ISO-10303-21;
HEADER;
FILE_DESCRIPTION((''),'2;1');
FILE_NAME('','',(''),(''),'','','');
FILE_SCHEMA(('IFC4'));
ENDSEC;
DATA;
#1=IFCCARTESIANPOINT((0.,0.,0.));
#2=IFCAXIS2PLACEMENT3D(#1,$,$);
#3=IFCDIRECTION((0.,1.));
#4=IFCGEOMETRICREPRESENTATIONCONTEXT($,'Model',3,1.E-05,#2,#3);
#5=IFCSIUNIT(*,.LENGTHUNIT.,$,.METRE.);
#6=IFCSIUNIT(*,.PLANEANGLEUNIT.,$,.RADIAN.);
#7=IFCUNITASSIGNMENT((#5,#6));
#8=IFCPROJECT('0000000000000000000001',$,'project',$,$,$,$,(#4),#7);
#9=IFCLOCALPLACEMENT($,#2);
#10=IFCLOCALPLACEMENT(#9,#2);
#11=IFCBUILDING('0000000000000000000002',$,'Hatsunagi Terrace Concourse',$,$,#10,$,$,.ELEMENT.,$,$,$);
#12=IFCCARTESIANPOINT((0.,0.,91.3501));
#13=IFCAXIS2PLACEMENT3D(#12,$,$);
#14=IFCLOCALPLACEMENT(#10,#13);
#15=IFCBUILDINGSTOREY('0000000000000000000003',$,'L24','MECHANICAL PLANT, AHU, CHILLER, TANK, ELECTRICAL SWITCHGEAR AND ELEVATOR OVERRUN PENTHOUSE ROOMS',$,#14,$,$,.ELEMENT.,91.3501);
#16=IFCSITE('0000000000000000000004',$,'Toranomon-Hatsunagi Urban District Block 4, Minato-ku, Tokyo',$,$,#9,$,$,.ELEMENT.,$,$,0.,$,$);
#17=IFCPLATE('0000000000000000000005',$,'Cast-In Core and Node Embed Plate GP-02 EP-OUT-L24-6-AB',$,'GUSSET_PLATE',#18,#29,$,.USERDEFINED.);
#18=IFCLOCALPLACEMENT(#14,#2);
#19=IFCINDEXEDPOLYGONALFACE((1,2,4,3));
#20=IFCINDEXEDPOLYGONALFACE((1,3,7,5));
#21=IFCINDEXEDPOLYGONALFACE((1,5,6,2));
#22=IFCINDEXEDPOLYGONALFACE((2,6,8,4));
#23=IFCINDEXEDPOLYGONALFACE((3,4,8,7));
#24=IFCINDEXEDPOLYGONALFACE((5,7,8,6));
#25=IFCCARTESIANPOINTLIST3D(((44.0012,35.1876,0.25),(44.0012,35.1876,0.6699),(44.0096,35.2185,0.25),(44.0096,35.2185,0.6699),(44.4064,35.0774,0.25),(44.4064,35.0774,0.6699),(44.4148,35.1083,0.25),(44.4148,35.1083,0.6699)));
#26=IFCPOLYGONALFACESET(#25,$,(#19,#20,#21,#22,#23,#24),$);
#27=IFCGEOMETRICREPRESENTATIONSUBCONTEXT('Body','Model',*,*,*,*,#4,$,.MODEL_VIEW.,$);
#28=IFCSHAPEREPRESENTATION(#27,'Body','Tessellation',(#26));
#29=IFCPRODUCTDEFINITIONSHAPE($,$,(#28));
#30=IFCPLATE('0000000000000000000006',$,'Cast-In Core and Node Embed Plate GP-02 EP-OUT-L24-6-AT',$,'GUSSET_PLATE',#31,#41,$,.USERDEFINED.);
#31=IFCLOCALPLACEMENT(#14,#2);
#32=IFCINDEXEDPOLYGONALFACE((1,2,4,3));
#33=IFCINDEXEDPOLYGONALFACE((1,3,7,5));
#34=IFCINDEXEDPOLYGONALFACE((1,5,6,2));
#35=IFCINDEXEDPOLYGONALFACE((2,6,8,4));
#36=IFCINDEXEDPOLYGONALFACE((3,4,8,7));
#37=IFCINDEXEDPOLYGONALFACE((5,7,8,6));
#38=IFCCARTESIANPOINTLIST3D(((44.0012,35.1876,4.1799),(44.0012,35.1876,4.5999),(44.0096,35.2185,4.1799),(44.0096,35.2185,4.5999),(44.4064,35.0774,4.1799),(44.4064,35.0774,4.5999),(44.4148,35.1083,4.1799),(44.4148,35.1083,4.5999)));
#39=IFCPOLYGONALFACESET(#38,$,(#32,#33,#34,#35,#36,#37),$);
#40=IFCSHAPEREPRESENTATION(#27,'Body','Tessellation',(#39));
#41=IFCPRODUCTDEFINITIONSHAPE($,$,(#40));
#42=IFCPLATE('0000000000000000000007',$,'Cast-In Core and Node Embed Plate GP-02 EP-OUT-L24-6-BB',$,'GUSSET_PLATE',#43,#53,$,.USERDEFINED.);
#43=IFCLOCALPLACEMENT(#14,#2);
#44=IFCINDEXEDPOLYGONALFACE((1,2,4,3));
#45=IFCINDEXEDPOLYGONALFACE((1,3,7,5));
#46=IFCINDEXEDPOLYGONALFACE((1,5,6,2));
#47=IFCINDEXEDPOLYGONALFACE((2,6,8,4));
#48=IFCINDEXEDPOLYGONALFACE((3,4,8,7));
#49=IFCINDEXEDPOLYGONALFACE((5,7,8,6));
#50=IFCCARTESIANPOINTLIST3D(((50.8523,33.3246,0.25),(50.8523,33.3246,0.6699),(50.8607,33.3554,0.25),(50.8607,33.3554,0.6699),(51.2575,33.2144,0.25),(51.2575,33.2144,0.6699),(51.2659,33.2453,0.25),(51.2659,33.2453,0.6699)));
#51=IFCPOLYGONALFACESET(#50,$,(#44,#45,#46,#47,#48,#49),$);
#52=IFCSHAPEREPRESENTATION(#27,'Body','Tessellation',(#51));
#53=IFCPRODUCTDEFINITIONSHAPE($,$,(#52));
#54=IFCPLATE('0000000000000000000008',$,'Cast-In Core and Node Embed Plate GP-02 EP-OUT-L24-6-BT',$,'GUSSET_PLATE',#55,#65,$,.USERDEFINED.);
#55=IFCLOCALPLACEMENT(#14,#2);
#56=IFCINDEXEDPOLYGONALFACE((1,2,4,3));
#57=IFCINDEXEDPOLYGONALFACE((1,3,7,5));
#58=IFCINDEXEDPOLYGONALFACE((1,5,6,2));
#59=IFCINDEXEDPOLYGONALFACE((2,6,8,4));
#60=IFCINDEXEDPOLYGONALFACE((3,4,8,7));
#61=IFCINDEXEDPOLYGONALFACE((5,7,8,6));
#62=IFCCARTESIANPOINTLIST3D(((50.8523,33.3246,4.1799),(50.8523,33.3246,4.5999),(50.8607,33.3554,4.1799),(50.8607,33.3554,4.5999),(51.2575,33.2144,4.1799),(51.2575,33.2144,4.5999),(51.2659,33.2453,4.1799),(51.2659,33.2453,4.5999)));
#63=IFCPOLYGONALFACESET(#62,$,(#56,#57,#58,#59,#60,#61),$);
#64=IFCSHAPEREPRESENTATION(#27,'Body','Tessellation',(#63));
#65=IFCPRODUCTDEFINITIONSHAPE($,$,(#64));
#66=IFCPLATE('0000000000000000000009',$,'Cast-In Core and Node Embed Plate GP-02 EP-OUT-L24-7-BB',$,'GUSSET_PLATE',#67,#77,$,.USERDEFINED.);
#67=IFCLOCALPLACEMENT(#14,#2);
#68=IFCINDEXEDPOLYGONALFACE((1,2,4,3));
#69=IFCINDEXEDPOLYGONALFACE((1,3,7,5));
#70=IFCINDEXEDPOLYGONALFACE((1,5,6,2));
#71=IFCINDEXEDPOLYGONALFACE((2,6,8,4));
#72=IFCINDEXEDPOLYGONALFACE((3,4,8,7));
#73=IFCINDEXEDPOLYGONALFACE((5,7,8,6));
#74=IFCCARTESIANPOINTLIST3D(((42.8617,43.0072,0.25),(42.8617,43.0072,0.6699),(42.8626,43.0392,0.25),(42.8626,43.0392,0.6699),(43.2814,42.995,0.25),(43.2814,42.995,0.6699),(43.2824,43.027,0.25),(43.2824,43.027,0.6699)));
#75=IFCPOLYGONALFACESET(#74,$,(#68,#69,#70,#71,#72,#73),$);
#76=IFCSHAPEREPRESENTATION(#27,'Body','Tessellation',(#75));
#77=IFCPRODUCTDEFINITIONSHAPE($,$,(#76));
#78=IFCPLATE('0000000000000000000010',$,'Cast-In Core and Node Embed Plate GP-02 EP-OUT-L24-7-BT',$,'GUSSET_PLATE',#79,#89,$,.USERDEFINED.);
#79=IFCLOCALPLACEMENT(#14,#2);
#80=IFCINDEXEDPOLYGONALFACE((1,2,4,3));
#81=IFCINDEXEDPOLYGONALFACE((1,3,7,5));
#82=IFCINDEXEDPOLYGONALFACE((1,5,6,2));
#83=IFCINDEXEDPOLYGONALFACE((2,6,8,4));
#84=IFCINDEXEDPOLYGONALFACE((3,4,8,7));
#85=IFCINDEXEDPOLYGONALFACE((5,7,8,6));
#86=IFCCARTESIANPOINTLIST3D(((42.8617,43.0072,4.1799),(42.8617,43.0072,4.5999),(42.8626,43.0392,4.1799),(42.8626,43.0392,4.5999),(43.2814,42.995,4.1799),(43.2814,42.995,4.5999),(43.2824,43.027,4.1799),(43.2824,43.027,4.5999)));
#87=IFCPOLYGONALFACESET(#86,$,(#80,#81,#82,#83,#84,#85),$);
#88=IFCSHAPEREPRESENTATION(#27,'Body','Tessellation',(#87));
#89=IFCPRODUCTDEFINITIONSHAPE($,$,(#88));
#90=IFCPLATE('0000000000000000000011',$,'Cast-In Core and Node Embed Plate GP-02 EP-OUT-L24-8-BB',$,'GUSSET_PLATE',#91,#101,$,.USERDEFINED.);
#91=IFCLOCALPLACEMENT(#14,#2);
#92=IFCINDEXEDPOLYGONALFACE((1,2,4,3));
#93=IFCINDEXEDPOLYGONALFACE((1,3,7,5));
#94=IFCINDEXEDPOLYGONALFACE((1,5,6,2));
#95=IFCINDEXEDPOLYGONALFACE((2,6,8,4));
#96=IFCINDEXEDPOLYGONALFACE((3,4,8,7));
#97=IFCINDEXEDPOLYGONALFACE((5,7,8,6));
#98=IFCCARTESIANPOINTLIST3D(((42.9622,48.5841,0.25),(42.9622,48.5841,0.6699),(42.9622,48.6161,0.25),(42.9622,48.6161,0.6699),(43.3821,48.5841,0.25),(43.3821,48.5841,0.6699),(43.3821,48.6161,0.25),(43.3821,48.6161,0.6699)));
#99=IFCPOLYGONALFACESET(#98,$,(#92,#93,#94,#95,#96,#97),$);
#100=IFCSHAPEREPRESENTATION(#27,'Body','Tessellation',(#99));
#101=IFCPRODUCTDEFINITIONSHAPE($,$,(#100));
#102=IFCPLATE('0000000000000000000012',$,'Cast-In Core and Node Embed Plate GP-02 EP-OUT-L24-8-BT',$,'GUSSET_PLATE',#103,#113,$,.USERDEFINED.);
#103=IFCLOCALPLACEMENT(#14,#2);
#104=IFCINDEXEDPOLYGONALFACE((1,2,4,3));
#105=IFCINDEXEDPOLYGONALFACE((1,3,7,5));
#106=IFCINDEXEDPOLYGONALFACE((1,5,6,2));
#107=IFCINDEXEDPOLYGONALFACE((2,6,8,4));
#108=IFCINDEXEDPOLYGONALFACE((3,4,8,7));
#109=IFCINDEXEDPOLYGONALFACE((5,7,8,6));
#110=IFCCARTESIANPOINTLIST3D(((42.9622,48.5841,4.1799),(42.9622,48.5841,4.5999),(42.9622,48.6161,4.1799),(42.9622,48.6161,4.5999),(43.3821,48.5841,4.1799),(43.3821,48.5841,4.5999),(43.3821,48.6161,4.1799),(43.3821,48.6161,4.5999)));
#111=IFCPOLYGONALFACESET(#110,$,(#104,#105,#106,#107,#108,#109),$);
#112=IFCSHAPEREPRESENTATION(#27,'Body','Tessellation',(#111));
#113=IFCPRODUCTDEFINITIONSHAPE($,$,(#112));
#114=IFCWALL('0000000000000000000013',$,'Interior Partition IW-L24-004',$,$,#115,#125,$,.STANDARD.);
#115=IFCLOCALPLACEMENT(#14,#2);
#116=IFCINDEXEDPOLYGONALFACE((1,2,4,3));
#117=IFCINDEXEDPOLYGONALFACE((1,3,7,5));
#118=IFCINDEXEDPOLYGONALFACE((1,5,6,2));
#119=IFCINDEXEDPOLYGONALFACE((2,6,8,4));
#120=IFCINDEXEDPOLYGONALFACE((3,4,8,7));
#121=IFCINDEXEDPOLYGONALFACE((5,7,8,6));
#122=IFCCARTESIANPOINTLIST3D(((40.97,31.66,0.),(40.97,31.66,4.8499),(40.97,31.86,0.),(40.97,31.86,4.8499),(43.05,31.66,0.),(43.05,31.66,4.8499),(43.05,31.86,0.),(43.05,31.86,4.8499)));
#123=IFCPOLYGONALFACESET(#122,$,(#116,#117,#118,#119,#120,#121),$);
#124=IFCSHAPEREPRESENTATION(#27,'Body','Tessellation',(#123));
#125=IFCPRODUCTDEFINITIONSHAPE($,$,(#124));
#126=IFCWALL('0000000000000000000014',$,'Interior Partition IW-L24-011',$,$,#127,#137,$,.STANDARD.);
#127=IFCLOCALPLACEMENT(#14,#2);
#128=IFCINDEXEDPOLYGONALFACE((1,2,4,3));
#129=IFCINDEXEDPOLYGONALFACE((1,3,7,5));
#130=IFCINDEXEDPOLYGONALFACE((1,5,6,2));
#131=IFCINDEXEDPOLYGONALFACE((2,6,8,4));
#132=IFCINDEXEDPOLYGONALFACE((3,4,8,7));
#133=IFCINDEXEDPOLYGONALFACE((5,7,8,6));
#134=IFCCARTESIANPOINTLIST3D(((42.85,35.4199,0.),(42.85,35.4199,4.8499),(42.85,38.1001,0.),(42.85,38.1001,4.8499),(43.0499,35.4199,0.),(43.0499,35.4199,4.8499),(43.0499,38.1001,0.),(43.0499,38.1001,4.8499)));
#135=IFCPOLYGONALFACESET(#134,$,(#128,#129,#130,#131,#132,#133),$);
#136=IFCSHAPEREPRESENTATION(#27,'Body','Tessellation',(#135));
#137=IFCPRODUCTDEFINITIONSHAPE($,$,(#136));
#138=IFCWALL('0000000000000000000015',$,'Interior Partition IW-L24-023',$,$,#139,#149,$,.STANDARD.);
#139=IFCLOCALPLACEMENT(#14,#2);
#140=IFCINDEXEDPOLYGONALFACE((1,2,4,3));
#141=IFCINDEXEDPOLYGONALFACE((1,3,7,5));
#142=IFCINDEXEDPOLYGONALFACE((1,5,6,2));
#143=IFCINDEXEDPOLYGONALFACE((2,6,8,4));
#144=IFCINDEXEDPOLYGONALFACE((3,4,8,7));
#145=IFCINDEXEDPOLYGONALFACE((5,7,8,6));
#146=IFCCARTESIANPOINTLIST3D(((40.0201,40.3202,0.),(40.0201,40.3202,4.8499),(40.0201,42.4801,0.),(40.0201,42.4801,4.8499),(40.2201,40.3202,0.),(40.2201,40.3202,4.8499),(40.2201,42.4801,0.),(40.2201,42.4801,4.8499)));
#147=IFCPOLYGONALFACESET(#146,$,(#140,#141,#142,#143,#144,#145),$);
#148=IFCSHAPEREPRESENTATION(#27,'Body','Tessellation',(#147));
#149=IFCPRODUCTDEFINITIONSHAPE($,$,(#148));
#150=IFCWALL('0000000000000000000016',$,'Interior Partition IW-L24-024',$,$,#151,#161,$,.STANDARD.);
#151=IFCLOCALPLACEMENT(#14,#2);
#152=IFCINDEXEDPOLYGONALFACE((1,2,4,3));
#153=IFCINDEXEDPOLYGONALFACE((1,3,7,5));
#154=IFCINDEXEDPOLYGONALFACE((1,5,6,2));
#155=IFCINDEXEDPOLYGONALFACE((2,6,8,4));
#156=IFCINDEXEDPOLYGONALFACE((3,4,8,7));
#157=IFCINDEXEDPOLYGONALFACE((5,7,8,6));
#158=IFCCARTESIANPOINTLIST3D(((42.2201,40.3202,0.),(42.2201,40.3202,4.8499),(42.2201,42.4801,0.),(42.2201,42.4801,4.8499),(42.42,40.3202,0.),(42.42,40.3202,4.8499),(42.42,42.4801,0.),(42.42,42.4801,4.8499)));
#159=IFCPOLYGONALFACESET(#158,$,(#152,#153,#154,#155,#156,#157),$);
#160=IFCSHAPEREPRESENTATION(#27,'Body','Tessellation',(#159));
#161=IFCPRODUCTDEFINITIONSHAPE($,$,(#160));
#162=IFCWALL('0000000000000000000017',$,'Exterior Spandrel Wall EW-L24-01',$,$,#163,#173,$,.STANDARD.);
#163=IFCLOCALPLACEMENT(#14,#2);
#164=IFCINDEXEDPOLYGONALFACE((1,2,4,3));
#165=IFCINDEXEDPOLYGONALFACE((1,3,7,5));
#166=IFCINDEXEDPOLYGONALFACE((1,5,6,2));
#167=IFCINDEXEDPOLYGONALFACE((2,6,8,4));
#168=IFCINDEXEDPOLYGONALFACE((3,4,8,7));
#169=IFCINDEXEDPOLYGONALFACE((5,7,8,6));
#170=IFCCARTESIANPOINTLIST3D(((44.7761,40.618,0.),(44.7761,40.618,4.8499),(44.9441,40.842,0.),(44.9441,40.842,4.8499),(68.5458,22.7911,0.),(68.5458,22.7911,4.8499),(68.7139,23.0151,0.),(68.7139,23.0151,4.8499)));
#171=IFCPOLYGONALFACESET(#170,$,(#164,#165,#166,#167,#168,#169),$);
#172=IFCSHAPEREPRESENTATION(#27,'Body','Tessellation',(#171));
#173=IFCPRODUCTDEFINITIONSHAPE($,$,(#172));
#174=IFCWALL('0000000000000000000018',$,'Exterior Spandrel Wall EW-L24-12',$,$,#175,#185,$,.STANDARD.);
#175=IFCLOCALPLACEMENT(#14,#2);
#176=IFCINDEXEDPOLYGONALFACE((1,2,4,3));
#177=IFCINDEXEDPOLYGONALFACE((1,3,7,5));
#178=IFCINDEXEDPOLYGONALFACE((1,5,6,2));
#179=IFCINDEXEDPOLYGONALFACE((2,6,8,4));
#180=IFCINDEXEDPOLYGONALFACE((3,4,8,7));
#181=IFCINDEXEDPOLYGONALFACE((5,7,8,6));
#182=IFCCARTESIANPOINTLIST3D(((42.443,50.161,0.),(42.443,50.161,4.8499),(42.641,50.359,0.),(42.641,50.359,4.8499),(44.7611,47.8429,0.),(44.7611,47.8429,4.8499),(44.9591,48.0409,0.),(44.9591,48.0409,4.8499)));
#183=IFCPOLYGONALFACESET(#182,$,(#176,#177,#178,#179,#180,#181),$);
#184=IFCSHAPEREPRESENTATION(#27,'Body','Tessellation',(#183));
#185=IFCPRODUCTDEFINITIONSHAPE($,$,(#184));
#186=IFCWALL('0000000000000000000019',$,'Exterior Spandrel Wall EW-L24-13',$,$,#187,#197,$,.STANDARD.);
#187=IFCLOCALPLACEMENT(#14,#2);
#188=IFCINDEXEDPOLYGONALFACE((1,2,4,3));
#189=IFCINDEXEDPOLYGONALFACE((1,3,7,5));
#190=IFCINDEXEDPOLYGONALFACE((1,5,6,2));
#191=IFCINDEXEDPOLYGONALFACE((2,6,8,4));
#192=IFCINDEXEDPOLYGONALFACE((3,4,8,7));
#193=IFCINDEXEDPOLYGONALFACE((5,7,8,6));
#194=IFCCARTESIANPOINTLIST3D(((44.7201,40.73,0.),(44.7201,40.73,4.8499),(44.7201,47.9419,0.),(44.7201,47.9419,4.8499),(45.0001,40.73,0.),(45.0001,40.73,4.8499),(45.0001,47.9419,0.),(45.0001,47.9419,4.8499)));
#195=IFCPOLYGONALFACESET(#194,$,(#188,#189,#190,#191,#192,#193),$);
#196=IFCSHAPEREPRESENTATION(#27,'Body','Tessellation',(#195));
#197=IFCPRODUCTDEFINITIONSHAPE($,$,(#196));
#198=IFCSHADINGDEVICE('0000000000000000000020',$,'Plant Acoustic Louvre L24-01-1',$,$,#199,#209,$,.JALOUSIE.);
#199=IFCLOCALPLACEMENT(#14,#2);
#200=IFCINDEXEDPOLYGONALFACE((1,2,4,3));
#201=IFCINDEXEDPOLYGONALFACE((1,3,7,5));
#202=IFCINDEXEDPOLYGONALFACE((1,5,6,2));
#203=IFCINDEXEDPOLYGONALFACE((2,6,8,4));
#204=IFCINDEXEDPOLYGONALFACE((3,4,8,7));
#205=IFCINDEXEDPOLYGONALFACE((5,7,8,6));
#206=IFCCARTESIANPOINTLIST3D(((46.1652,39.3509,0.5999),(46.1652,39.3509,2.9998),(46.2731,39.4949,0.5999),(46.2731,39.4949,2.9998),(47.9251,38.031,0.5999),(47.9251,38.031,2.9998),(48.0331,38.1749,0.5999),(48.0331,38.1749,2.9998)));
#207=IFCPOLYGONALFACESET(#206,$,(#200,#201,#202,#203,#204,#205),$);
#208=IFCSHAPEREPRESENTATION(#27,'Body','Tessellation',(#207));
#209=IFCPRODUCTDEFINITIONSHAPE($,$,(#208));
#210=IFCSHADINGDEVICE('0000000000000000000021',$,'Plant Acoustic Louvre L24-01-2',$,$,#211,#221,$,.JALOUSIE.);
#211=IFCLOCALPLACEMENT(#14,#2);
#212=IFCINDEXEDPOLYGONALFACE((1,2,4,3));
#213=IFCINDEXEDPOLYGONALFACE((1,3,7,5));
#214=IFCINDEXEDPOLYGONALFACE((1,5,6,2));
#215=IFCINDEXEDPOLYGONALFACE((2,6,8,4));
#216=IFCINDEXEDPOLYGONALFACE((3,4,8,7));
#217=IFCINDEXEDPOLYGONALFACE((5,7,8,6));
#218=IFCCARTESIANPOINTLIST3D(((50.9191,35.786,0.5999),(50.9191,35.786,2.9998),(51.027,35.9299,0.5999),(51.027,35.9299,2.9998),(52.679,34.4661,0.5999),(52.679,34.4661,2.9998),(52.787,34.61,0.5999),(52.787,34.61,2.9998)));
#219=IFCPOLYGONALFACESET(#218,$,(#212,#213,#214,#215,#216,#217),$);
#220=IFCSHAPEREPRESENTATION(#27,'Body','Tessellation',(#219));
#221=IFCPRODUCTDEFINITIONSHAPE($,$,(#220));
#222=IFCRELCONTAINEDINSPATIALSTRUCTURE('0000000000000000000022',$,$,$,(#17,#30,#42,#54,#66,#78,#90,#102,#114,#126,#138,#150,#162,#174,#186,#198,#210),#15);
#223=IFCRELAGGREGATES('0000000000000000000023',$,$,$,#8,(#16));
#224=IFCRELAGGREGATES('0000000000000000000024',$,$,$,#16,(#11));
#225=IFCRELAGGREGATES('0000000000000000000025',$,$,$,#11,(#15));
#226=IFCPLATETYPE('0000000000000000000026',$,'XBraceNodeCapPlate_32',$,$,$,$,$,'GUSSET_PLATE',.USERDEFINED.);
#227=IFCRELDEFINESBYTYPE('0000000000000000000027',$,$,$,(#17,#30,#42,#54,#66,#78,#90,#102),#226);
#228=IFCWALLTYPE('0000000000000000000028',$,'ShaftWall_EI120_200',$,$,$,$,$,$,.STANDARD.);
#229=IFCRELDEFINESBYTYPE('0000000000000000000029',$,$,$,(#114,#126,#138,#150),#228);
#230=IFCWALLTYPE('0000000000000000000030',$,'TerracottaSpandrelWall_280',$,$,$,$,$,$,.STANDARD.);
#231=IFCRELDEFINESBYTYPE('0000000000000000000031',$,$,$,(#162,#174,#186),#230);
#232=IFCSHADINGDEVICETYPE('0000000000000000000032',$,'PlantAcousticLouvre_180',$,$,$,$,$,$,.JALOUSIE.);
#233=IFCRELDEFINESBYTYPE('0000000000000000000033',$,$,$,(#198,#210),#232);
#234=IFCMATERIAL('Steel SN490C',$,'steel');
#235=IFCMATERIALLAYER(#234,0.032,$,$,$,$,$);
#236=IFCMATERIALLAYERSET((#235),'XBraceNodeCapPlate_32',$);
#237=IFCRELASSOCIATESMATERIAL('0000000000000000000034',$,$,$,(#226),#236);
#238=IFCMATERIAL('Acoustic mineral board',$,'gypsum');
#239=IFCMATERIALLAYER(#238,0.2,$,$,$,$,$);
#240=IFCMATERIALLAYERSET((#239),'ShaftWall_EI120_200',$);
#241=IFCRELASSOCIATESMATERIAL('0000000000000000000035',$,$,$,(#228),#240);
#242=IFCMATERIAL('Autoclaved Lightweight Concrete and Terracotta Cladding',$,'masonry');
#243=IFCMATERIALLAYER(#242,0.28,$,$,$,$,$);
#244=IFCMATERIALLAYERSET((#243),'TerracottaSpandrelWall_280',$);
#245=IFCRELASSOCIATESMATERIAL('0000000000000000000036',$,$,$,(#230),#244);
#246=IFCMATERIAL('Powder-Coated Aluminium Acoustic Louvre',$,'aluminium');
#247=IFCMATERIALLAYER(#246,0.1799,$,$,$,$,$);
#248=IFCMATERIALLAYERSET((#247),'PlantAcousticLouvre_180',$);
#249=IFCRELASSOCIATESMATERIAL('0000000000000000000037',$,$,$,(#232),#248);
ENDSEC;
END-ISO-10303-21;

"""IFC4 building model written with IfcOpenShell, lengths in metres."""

from ifc_helpers import new_model, si_unit, direction, frame, frame_2d, origin, origin_2d, place, context, subcontext, project, spatial, rectangle, extrude, material, layer, layer_set, type_object, element, save


model = new_model("IFC4")

# Units and contexts
model_context = context("Model", 3, precision=1e-05, world=origin(), true_north=direction((0.0, 1.0)))
body_context = subcontext(model_context, "Body", "Model", "MODEL_VIEW")
ifc_project = project(units=[si_unit("LENGTHUNIT", "METRE"), si_unit("PLANEANGLEUNIT", "RADIAN")], contexts=[model_context])

# Site, building, storey
site_placement = place(None, origin())
site = spatial("IfcSite", under=ifc_project, at=site_placement, Name="Toranomon-Hatsunagi Urban District Block 4, Minato-ku, Tokyo", CompositionType="ELEMENT", RefElevation=0.0)
building_placement = place(site_placement, origin())
building = spatial("IfcBuilding", under=site, at=building_placement, Name="Hatsunagi Terrace Concourse", CompositionType="ELEMENT")
storey_placement = place(building_placement, frame((0.0, 0.0, 91.3501)))
storey = spatial("IfcBuildingStorey", under=building, at=storey_placement, Name="L24", Description="MECHANICAL PLANT, AHU, CHILLER, TANK, ELECTRICAL SWITCHGEAR AND ELEVATOR OVERRUN PENTHOUSE ROOMS", CompositionType="ELEMENT", Elevation=91.3501)

# Plates
ifc_material_1 = material(Name="Steel SN490C", Category="steel")
ifc_layer_1 = layer(ifc_material_1, 0.032)
ifc_layer_set_1 = layer_set([ifc_layer_1], Name="XBraceNodeCapPlate_32")
plate_type_1 = type_object("IfcPlateType", Name="XBraceNodeCapPlate_32", ElementType="GUSSET_PLATE", PredefinedType="USERDEFINED", material=ifc_layer_set_1)
for number, where, z_axis, x_axis, name in (
    (1, (44.208, 35.1479, 0.25), (0.0, 0.0, 1.0), (0.964962, -0.262391, 0.0), "Cast-In Core and Node Embed Plate GP-02 EP-OUT-L24-6-AB"),
    (2, (44.208, 35.1479, 4.1799), (0.0, 0.0, 1.0), (0.964962, -0.262391, 0.0), "Cast-In Core and Node Embed Plate GP-02 EP-OUT-L24-6-AT"),
    (3, (51.0591, 33.2849, 0.25), (0.0, 0.0, 1.0), (0.964962, -0.262391, 0.0), "Cast-In Core and Node Embed Plate GP-02 EP-OUT-L24-6-BB"),
    (4, (51.0591, 33.2849, 4.1799), (0.0, 0.0, 1.0), (0.964962, -0.262391, 0.0), "Cast-In Core and Node Embed Plate GP-02 EP-OUT-L24-6-BT"),
    (5, (43.072, 43.0171, 0.25), (0.0, 0.0, 1.0), (0.999576, -0.029113, 0.0), "Cast-In Core and Node Embed Plate GP-02 EP-OUT-L24-7-BB"),
    (6, (43.072, 43.0171, 4.1799), (0.0, 0.0, 1.0), (0.999576, -0.029113, 0.0), "Cast-In Core and Node Embed Plate GP-02 EP-OUT-L24-7-BT"),
    (7, (43.1721, 48.6001, 0.25), (0.0, 0.0, 1.0), (1.0, 0.0, 0.0), "Cast-In Core and Node Embed Plate GP-02 EP-OUT-L24-8-BB"),
    (8, (43.1721, 48.6001, 4.1799), (0.0, 0.0, 1.0), (1.0, 0.0, 0.0), "Cast-In Core and Node Embed Plate GP-02 EP-OUT-L24-8-BT"),
):
    element("IfcPlate", number, at=place(storey_placement, frame(where, z_axis=z_axis, x_axis=x_axis)), inside=storey, type_object=plate_type_1, Name=name, ObjectType="GUSSET_PLATE", PredefinedType="USERDEFINED", context=body_context, shape_type="SweptSolid", body=[
        extrude(rectangle(XDim=0.4199, YDim=0.032, at=origin_2d()), origin(), (0.0, 0.0, 1.0), 0.4199),
    ])

# Walls
ifc_material_2 = material(Name="Acoustic mineral board", Category="gypsum")
ifc_layer_2 = layer(ifc_material_2, 0.2)
ifc_layer_set_2 = layer_set([ifc_layer_2], Name="ShaftWall_EI120_200")
wall_type_1 = type_object("IfcWallType", Name="ShaftWall_EI120_200", PredefinedType="STANDARD", material=ifc_layer_set_2)
wall_1_placement = place(storey_placement, frame((40.97, 31.76, 0.0), z_axis=(0.0, 0.0, 1.0), x_axis=(1.0, 0.0, 0.0)))
element("IfcWall", 9, at=wall_1_placement, inside=storey, type_object=wall_type_1, Name="Interior Partition IW-L24-004", PredefinedType="STANDARD", context=body_context, shape_type="SweptSolid", body=[
    extrude(rectangle(XDim=2.0801, YDim=0.2, at=frame_2d((1.04, 0.0))), origin(), (0.0, 0.0, 1.0), 4.8499),
])
wall_2_placement = place(storey_placement, frame((42.95, 35.4199, 0.0), z_axis=(0.0, 0.0, 1.0), x_axis=(0.0, 1.0, 0.0)))
element("IfcWall", 10, at=wall_2_placement, inside=storey, type_object=wall_type_1, Name="Interior Partition IW-L24-011", PredefinedType="STANDARD", context=body_context, shape_type="SweptSolid", body=[
    extrude(rectangle(XDim=2.6802, YDim=0.2, at=frame_2d((1.3401, 0.0))), origin(), (0.0, 0.0, 1.0), 4.8499),
])
for number, where, z_axis, x_axis, name in (
    (11, (40.1201, 40.3201, 0.0), (0.0, 0.0, 1.0), (0.0, 1.0, 0.0), "Interior Partition IW-L24-023"),
    (12, (42.3201, 40.3201, 0.0), (0.0, 0.0, 1.0), (0.0, 1.0, 0.0), "Interior Partition IW-L24-024"),
):
    element("IfcWall", number, at=place(storey_placement, frame(where, z_axis=z_axis, x_axis=x_axis)), inside=storey, type_object=wall_type_1, Name=name, PredefinedType="STANDARD", context=body_context, shape_type="SweptSolid", body=[
        extrude(rectangle(XDim=2.1599, YDim=0.2, at=frame_2d((1.0801, 0.0))), origin(), (0.0, 0.0, 1.0), 4.8499),
    ])
ifc_material_3 = material(Name="Autoclaved Lightweight Concrete and Terracotta Cladding", Category="masonry")
ifc_layer_3 = layer(ifc_material_3, 0.28)
ifc_layer_set_3 = layer_set([ifc_layer_3], Name="TerracottaSpandrelWall_280")
wall_type_2 = type_object("IfcWallType", Name="TerracottaSpandrelWall_280", PredefinedType="STANDARD", material=ifc_layer_set_3)
wall_3_placement = place(storey_placement, frame((44.8601, 40.73, 0.0), z_axis=(0.0, 0.0, 1.0), x_axis=(0.800007, -0.599991, 0.0)))
element("IfcWall", 13, at=wall_3_placement, inside=storey, type_object=wall_type_2, Name="Exterior Spandrel Wall EW-L24-01", PredefinedType="STANDARD", context=body_context, shape_type="SweptSolid", body=[
    extrude(rectangle(XDim=29.7119, YDim=0.28, at=frame_2d((14.856, 0.0))), origin(), (0.0, 0.0, 1.0), 4.8499),
])
wall_4_placement = place(storey_placement, frame((42.542, 50.26, 0.0), z_axis=(0.0, 0.0, 1.0), x_axis=(0.707107, -0.707107, 0.0)))
element("IfcWall", 14, at=wall_4_placement, inside=storey, type_object=wall_type_2, Name="Exterior Spandrel Wall EW-L24-12", PredefinedType="STANDARD", context=body_context, shape_type="SweptSolid", body=[
    extrude(rectangle(XDim=3.2783, YDim=0.28, at=frame_2d((1.6392, 0.0))), origin(), (0.0, 0.0, 1.0), 4.8499),
])
wall_5_placement = place(storey_placement, frame((44.8601, 47.9419, 0.0), z_axis=(0.0, 0.0, 1.0), x_axis=(0.0, -1.0, 0.0)))
element("IfcWall", 15, at=wall_5_placement, inside=storey, type_object=wall_type_2, Name="Exterior Spandrel Wall EW-L24-13", PredefinedType="STANDARD", context=body_context, shape_type="SweptSolid", body=[
    extrude(rectangle(XDim=7.2119, YDim=0.28, at=frame_2d((3.606, 0.0))), origin(), (0.0, 0.0, 1.0), 4.8499),
])

# Shading devices
ifc_material_4 = material(Name="Powder-Coated Aluminium Acoustic Louvre", Category="aluminium")
ifc_layer_4 = layer(ifc_material_4, 0.1799)
ifc_layer_set_4 = layer_set([ifc_layer_4], Name="PlantAcousticLouvre_180")
shading_device_type = type_object("IfcShadingDeviceType", Name="PlantAcousticLouvre_180", PredefinedType="JALOUSIE", material=ifc_layer_set_4)
for number, where, z_axis, x_axis, name in (
    (16, (47.0991, 38.7629, 0.5999), (0.0, 0.0, 1.0), (0.800008, -0.599989, 0.0), "Plant Acoustic Louvre L24-01-1"),
    (17, (51.853, 35.198, 0.5999), (0.0, 0.0, 1.0), (0.800008, -0.599989, 0.0), "Plant Acoustic Louvre L24-01-2"),
):
    element("IfcShadingDevice", number, at=place(storey_placement, frame(where, z_axis=z_axis, x_axis=x_axis)), inside=storey, type_object=shading_device_type, Name=name, PredefinedType="JALOUSIE", context=body_context, shape_type="SweptSolid", body=[
        extrude(rectangle(XDim=2.2, YDim=0.1799, at=origin_2d()), origin(), (0.0, 0.0, 1.0), 2.3999),
    ])

save(model, "model.ifc")
